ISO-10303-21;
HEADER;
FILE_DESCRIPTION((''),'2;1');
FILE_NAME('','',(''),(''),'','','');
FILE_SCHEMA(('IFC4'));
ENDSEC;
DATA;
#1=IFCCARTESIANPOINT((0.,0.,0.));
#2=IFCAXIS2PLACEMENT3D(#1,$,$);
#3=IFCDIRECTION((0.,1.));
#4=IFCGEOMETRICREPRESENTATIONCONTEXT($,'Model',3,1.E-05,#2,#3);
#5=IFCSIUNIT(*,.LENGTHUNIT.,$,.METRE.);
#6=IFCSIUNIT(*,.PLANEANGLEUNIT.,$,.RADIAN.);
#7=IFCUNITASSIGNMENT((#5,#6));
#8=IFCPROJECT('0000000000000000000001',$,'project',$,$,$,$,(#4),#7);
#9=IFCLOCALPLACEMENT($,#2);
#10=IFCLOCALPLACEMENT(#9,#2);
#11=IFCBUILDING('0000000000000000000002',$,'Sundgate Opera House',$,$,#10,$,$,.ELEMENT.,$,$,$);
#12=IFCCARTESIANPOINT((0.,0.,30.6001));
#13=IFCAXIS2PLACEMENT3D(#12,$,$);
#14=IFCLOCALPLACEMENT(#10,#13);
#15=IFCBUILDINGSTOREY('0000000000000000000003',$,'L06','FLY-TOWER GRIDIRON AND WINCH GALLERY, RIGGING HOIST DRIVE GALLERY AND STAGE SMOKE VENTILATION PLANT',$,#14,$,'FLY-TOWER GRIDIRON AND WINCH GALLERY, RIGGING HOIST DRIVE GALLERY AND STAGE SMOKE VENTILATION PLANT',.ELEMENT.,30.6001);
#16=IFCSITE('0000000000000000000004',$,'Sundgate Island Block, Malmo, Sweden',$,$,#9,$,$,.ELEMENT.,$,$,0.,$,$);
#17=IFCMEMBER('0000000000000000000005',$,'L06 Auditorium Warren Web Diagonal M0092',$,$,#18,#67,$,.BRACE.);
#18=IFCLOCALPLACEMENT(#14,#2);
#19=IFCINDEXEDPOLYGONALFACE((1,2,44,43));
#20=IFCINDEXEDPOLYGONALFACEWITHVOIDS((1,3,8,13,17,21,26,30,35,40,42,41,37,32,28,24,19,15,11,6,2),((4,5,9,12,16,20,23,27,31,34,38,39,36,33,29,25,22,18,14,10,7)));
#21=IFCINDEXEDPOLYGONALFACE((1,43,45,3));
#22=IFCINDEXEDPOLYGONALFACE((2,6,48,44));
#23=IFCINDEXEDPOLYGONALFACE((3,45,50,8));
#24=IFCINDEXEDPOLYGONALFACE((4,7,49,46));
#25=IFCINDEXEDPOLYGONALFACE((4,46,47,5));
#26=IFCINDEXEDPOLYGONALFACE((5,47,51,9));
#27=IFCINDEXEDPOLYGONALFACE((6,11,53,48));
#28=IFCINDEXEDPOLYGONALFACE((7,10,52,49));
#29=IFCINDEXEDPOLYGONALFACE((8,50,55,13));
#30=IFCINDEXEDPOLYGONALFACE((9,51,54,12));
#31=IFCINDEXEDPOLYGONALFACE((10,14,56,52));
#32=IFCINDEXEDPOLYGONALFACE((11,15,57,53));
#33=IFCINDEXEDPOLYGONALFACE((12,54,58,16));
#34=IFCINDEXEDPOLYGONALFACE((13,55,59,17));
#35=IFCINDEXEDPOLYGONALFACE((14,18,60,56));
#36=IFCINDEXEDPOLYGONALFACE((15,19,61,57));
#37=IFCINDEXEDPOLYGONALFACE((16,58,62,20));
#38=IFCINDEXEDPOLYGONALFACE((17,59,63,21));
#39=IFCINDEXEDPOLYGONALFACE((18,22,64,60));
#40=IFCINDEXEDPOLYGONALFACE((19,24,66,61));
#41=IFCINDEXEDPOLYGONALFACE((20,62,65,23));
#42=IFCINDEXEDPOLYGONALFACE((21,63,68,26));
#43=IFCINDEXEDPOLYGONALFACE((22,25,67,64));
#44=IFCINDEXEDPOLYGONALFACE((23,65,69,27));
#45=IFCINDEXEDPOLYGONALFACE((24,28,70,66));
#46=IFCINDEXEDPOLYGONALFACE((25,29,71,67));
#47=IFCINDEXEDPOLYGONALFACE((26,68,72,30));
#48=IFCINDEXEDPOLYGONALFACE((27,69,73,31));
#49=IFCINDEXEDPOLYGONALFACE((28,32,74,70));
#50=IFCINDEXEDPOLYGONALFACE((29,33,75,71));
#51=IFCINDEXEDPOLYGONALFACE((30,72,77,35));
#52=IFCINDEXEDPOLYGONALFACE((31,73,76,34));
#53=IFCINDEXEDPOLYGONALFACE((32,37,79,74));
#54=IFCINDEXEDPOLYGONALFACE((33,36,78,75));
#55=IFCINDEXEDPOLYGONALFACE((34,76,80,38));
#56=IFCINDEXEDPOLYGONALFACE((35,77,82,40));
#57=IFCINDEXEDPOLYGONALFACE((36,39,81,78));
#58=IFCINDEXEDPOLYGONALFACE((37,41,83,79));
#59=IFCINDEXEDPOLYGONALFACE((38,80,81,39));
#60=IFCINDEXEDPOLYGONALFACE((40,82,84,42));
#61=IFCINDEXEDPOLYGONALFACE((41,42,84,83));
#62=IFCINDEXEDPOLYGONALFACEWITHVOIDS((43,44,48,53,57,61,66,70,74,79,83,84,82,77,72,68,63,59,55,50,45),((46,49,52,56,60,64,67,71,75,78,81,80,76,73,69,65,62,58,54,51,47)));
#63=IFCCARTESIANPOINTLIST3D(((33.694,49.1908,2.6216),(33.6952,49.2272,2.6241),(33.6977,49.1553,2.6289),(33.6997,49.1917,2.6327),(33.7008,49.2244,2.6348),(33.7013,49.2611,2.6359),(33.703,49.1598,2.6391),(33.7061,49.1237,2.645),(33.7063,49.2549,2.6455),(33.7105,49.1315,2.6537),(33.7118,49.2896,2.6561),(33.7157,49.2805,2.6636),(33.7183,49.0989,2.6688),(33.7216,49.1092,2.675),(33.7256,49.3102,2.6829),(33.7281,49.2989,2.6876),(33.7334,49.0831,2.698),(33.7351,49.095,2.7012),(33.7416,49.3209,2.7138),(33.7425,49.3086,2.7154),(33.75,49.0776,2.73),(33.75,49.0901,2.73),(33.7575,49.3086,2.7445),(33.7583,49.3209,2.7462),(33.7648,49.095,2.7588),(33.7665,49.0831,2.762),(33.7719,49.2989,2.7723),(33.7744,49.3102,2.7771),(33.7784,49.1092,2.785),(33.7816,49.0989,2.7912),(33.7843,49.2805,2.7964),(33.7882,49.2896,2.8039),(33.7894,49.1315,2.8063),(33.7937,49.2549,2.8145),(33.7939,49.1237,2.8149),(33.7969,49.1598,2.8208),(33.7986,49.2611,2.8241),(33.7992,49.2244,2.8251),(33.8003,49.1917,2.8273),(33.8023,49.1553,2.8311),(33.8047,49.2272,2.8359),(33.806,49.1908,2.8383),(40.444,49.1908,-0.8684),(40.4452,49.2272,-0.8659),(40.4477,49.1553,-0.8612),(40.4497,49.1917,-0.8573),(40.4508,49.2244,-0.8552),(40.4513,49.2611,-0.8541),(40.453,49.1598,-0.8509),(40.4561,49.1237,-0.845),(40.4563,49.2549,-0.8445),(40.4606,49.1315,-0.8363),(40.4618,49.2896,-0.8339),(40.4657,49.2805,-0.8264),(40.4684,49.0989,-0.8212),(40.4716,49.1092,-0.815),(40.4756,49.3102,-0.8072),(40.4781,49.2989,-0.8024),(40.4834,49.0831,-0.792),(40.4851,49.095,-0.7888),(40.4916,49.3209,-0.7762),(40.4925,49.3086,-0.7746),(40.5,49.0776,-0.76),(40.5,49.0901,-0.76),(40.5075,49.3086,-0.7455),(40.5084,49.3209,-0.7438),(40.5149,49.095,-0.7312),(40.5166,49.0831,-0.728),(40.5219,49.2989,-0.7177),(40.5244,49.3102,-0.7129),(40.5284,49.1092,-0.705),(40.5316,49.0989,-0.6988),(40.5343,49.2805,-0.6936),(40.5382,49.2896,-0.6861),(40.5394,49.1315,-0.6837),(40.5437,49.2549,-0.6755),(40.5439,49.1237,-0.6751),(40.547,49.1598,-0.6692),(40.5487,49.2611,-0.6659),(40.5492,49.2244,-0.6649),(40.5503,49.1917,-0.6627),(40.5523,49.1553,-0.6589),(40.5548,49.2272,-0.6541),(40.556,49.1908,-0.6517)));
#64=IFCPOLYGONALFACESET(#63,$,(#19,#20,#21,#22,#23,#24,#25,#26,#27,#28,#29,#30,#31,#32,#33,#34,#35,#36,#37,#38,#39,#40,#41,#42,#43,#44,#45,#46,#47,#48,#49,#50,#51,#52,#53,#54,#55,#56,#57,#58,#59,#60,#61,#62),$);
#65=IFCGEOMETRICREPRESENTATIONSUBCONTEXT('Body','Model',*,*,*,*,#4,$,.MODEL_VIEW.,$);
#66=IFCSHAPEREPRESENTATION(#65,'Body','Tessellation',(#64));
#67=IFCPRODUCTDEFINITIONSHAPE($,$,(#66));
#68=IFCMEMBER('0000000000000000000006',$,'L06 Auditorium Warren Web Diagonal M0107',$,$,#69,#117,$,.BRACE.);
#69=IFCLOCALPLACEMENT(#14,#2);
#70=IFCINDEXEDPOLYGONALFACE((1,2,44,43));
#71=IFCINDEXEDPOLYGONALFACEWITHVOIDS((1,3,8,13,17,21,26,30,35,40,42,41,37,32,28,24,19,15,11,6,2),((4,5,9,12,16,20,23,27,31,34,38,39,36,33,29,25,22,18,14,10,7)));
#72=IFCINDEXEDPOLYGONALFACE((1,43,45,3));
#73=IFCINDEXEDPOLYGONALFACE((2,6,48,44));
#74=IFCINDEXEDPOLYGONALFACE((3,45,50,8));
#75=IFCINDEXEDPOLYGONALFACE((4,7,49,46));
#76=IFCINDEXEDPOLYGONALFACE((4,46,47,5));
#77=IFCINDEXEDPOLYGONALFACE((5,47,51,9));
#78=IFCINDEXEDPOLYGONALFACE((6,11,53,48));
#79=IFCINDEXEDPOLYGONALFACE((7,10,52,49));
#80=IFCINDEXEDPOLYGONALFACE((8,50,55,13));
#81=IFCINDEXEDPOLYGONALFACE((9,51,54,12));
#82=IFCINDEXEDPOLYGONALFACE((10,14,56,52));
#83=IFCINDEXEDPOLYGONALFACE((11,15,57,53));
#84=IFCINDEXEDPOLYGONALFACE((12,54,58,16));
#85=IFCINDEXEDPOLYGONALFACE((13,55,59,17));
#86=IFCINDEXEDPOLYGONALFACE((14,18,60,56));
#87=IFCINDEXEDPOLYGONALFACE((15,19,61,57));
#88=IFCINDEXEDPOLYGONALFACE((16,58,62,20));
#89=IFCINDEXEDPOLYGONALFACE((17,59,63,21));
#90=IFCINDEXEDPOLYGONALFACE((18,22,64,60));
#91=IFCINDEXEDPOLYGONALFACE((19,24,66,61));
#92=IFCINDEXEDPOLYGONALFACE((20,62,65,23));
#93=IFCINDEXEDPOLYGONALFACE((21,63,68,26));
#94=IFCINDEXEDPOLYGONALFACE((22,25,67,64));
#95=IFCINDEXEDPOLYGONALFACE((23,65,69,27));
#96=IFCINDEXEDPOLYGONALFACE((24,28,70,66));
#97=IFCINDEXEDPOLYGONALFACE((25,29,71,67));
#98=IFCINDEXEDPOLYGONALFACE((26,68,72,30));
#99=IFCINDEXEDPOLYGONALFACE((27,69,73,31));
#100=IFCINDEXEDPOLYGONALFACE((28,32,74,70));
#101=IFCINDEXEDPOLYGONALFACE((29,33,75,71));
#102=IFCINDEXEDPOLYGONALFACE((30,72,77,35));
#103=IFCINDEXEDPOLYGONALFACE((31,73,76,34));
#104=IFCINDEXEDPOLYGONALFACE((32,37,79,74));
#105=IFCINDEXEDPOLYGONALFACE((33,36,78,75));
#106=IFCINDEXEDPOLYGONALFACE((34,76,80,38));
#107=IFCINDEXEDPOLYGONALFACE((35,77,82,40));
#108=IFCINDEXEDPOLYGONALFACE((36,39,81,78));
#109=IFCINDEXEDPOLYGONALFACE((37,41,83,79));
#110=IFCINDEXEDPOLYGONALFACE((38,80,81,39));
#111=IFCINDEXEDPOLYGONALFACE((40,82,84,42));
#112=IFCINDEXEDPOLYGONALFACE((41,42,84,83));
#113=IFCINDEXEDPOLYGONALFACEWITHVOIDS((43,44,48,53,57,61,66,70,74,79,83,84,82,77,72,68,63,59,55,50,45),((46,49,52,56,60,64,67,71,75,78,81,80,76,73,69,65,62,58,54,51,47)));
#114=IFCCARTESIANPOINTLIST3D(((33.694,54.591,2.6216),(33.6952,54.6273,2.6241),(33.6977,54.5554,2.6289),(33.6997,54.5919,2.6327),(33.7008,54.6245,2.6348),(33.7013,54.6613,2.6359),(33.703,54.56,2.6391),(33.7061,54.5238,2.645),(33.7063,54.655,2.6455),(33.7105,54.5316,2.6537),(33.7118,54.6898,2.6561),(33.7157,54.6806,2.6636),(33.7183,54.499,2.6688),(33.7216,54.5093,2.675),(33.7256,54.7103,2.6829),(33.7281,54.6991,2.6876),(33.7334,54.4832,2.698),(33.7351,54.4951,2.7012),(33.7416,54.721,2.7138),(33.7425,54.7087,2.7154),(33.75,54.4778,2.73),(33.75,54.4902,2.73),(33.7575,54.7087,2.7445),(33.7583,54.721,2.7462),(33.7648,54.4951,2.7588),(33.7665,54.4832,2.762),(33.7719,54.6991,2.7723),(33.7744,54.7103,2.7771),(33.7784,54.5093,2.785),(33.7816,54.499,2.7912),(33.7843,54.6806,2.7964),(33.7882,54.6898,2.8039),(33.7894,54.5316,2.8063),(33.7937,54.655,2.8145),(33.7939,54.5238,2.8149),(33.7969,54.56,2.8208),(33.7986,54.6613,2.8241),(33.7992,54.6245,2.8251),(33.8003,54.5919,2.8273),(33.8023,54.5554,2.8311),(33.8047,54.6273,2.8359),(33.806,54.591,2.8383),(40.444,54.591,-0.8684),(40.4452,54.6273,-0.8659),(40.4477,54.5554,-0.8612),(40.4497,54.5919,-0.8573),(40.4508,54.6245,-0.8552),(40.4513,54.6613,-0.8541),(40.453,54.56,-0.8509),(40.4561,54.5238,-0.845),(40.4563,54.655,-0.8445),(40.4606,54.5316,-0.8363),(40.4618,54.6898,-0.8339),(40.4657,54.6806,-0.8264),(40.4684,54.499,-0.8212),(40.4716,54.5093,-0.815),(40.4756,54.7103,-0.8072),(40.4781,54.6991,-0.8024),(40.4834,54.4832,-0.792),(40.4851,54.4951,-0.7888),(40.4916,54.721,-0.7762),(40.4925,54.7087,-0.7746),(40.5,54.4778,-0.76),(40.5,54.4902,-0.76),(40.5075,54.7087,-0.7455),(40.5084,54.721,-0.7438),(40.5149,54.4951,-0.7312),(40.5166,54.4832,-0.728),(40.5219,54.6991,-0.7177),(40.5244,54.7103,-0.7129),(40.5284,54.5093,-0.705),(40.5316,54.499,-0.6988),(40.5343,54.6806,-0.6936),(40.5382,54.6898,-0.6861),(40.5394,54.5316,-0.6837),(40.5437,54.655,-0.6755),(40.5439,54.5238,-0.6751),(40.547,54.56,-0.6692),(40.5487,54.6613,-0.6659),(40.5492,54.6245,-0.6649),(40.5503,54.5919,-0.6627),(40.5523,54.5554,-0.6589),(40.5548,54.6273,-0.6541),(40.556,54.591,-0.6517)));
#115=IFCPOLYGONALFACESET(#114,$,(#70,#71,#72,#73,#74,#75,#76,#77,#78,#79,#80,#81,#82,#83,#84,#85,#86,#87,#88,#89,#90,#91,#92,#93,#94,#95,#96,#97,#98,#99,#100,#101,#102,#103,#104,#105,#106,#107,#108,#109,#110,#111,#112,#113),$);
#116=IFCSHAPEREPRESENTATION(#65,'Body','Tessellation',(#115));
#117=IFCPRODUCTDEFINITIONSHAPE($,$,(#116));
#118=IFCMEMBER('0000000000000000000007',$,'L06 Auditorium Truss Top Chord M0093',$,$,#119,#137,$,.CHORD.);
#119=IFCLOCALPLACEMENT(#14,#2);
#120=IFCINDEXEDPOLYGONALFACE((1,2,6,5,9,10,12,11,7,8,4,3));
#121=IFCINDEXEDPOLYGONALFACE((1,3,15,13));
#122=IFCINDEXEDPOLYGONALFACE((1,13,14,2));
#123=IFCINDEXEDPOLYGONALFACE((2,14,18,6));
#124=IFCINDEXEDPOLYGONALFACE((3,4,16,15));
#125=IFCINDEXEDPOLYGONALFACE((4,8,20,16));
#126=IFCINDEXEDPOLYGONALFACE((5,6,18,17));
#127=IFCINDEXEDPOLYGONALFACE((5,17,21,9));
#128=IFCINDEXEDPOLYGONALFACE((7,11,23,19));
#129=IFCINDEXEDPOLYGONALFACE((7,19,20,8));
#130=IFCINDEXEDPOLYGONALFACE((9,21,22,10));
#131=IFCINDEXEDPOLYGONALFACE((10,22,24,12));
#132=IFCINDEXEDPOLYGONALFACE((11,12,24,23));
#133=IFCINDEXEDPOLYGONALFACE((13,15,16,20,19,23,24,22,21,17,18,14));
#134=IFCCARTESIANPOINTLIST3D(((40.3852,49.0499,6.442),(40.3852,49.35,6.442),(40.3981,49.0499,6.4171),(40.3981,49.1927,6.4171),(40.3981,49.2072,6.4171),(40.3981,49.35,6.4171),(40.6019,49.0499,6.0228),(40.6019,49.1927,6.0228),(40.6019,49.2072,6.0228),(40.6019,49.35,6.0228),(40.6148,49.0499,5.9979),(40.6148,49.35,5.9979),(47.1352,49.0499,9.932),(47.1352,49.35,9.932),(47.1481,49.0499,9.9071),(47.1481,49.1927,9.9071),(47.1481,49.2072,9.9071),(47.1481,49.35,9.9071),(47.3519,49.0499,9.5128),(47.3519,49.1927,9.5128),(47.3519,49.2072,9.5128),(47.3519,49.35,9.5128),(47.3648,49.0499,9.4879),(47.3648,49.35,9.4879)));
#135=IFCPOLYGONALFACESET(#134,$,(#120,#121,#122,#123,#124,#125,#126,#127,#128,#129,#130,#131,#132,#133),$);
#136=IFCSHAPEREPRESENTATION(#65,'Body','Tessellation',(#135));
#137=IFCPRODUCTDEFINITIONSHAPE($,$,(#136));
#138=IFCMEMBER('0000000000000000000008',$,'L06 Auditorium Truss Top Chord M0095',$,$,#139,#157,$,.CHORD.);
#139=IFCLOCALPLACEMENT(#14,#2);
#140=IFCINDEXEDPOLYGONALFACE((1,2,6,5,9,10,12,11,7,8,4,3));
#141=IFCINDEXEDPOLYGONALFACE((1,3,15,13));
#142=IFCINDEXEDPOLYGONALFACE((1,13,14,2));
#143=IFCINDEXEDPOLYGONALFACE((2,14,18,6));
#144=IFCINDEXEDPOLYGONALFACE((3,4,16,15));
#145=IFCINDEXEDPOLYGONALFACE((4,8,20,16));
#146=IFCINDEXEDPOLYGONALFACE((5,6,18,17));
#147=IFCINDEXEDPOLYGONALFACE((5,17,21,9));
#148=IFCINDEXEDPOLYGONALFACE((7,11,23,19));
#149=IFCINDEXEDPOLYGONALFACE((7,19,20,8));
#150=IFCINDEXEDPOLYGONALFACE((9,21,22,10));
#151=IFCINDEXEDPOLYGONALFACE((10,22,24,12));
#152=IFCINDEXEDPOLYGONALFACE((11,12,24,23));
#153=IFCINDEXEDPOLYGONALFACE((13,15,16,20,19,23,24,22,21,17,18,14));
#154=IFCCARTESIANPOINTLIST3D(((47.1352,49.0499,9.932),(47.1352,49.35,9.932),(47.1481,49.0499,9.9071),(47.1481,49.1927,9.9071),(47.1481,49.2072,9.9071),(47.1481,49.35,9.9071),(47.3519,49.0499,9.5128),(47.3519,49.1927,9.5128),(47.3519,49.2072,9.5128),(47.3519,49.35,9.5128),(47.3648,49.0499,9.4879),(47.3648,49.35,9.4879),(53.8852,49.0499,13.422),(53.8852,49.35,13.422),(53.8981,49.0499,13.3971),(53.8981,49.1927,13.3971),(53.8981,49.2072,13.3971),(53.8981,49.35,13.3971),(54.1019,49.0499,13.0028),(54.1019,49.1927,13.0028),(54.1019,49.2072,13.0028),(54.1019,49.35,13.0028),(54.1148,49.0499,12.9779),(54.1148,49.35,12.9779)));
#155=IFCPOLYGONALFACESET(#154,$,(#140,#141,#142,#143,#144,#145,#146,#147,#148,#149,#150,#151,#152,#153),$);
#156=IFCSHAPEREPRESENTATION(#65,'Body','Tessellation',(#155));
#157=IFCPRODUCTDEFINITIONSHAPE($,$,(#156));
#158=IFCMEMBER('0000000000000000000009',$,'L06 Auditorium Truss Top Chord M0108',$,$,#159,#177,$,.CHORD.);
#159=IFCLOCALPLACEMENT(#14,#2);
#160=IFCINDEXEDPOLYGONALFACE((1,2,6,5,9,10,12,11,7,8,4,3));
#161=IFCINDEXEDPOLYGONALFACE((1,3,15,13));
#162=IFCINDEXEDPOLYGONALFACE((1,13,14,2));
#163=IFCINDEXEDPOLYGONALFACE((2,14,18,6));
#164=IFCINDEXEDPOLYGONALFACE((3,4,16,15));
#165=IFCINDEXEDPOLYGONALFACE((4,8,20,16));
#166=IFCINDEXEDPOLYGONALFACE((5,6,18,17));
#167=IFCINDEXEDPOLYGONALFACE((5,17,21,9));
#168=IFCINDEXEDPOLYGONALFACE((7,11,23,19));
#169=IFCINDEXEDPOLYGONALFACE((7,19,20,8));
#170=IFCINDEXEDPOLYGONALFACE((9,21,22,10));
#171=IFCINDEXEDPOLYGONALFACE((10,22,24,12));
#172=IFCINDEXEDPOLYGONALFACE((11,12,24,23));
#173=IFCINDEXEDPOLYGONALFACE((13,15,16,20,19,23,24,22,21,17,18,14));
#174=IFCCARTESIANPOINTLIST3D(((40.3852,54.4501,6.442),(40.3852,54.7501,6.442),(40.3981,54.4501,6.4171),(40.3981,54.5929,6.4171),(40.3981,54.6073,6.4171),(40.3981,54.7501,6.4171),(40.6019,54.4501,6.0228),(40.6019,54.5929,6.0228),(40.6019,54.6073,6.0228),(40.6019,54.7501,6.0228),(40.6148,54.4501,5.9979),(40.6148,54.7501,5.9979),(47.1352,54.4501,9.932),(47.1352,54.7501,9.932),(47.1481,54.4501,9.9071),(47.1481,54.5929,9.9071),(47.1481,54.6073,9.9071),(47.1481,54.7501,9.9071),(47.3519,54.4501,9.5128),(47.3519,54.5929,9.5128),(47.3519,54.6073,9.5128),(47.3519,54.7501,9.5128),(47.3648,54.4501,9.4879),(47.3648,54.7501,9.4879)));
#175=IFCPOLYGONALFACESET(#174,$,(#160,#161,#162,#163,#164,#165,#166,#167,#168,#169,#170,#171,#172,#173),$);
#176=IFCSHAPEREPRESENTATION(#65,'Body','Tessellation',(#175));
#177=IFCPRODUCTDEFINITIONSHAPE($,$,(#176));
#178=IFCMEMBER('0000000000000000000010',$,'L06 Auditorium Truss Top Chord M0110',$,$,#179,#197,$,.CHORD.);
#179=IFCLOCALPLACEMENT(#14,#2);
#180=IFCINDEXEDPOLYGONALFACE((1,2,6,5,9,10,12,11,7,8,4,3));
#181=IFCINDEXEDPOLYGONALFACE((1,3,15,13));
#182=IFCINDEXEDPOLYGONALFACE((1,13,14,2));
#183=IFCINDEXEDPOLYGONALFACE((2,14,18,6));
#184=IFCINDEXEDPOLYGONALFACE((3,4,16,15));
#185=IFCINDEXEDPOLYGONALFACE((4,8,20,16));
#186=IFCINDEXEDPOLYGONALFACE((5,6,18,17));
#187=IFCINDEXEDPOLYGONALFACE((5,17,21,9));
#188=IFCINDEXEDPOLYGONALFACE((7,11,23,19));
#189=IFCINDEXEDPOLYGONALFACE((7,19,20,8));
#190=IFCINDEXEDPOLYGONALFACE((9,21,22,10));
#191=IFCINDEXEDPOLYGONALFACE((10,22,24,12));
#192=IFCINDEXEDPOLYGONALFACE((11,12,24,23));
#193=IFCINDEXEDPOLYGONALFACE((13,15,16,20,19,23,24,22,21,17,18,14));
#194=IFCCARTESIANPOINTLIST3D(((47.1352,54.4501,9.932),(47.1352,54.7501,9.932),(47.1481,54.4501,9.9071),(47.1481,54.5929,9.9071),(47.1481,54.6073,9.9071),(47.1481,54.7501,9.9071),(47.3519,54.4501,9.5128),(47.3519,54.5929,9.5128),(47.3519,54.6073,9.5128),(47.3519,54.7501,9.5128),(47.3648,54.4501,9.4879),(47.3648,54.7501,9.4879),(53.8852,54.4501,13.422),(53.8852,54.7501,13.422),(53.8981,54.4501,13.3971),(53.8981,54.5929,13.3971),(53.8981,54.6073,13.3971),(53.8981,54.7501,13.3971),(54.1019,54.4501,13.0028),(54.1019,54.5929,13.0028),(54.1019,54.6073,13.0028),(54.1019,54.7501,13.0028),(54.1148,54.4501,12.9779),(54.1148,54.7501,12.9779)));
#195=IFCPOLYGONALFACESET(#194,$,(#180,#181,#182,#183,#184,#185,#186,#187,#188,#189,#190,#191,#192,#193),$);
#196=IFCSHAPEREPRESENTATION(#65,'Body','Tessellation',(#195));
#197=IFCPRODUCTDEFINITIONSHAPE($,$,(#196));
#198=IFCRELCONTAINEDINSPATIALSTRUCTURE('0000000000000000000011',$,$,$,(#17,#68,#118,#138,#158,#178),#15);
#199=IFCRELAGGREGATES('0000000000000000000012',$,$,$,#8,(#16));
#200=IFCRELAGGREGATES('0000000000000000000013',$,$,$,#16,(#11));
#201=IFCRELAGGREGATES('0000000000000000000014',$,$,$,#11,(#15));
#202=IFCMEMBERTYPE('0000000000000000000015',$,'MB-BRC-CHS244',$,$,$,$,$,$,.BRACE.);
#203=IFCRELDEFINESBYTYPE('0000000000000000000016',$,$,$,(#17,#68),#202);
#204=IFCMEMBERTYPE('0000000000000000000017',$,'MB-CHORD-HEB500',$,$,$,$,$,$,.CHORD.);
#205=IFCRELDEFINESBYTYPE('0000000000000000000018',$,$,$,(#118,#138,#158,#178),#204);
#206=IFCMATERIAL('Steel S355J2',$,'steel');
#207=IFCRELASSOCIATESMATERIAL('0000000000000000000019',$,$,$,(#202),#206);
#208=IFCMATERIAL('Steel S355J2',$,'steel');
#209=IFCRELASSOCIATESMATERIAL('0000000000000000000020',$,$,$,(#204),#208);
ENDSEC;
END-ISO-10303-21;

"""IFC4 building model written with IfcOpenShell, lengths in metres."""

from ifc_helpers import new_model, si_unit, direction, frame, origin, origin_2d, place, context, subcontext, project, spatial, hollow_circle, i_section, extrude, material, material_profile, profile_set, type_object, element, save


model = new_model("IFC4")

# Units and contexts
model_context = context("Model", 3, precision=1e-05, world=origin(), true_north=direction((0.0, 1.0)))
body_context = subcontext(model_context, "Body", "Model", "MODEL_VIEW")
ifc_project = project(units=[si_unit("LENGTHUNIT", "METRE"), si_unit("PLANEANGLEUNIT", "RADIAN")], contexts=[model_context])

# Site, building, storey
site_placement = place(None, origin())
site = spatial("IfcSite", under=ifc_project, at=site_placement, Name="Sundgate Island Block, Malmo, Sweden", CompositionType="ELEMENT", RefElevation=0.0)
building_placement = place(site_placement, origin())
building = spatial("IfcBuilding", under=site, at=building_placement, Name="Sundgate Opera House", CompositionType="ELEMENT")
storey_placement = place(building_placement, frame((0.0, 0.0, 30.6001)))
storey = spatial("IfcBuildingStorey", under=building, at=storey_placement, Name="L06", Description="FLY-TOWER GRIDIRON AND WINCH GALLERY, RIGGING HOIST DRIVE GALLERY AND STAGE SMOKE VENTILATION PLANT", LongName="FLY-TOWER GRIDIRON AND WINCH GALLERY, RIGGING HOIST DRIVE GALLERY AND STAGE SMOKE VENTILATION PLANT", CompositionType="ELEMENT", Elevation=30.6001)

# Members
ifc_material_1 = material(Name="Steel S355J2", Category="steel")
ifc_material_profile_1 = material_profile(ifc_material_1, hollow_circle(Radius=0.1223, WallThickness=0.0125, at=origin_2d()), Name="CHS 244.5x12.5")
ifc_profile_set_1 = profile_set([ifc_material_profile_1], Name="Steel S355J2")
member_type_1 = type_object("IfcMemberType", Name="MB-BRC-CHS244", PredefinedType="BRACE", material=ifc_profile_set_1)
for number, where, z_axis, x_axis, name in (
    (1, (40.5, 49.2, -0.76), (-0.888292, 0.0, 0.459279), (0.0, -1.0, 0.0), "L06 Auditorium Warren Web Diagonal M0092"),
    (2, (40.5, 54.6001, -0.76), (-0.888292, 0.0, 0.459279), (0.0, -1.0, 0.0), "L06 Auditorium Warren Web Diagonal M0107"),
):
    element("IfcMember", number, at=place(storey_placement, frame(where, z_axis=z_axis, x_axis=x_axis)), inside=storey, type_object=member_type_1, Name=name, PredefinedType="BRACE", context=body_context, shape_type="SweptSolid", body=[
        extrude(hollow_circle(Radius=0.1223, WallThickness=0.0125, at=origin_2d()), origin(), (0.0, 0.0, 1.0), 7.5989),
    ])
ifc_material_2 = material(Name="Steel S355J2", Category="steel")
ifc_material_profile_2 = material_profile(ifc_material_2, i_section(OverallWidth=0.3, OverallDepth=0.5, WebThickness=0.0144, FlangeThickness=0.0281, at=origin_2d()), Name="HEB 500")
ifc_profile_set_2 = profile_set([ifc_material_profile_2], Name="Steel S355J2")
member_type_2 = type_object("IfcMemberType", Name="MB-CHORD-HEB500", PredefinedType="CHORD", material=ifc_profile_set_2)
for number, where, z_axis, x_axis, name in (
    (3, (40.5, 49.2, 6.22), (0.888292, 0.0, 0.459279), (0.0, 1.0, 0.0), "L06 Auditorium Truss Top Chord M0093"),
    (4, (47.25, 49.2, 9.71), (0.888292, 0.0, 0.459279), (0.0, 1.0, 0.0), "L06 Auditorium Truss Top Chord M0095"),
    (5, (40.5, 54.6001, 6.22), (0.888292, 0.0, 0.459279), (0.0, 1.0, 0.0), "L06 Auditorium Truss Top Chord M0108"),
    (6, (47.25, 54.6001, 9.71), (0.888292, 0.0, 0.459279), (0.0, 1.0, 0.0), "L06 Auditorium Truss Top Chord M0110"),
):
    element("IfcMember", number, at=place(storey_placement, frame(where, z_axis=z_axis, x_axis=x_axis)), inside=storey, type_object=member_type_2, Name=name, PredefinedType="CHORD", context=body_context, shape_type="SweptSolid", body=[
        extrude(i_section(OverallWidth=0.3, OverallDepth=0.5, WebThickness=0.0144, FlangeThickness=0.0281, at=origin_2d()), origin(), (0.0, 0.0, 1.0), 7.5989),
    ])

save(model, "model.ifc")
